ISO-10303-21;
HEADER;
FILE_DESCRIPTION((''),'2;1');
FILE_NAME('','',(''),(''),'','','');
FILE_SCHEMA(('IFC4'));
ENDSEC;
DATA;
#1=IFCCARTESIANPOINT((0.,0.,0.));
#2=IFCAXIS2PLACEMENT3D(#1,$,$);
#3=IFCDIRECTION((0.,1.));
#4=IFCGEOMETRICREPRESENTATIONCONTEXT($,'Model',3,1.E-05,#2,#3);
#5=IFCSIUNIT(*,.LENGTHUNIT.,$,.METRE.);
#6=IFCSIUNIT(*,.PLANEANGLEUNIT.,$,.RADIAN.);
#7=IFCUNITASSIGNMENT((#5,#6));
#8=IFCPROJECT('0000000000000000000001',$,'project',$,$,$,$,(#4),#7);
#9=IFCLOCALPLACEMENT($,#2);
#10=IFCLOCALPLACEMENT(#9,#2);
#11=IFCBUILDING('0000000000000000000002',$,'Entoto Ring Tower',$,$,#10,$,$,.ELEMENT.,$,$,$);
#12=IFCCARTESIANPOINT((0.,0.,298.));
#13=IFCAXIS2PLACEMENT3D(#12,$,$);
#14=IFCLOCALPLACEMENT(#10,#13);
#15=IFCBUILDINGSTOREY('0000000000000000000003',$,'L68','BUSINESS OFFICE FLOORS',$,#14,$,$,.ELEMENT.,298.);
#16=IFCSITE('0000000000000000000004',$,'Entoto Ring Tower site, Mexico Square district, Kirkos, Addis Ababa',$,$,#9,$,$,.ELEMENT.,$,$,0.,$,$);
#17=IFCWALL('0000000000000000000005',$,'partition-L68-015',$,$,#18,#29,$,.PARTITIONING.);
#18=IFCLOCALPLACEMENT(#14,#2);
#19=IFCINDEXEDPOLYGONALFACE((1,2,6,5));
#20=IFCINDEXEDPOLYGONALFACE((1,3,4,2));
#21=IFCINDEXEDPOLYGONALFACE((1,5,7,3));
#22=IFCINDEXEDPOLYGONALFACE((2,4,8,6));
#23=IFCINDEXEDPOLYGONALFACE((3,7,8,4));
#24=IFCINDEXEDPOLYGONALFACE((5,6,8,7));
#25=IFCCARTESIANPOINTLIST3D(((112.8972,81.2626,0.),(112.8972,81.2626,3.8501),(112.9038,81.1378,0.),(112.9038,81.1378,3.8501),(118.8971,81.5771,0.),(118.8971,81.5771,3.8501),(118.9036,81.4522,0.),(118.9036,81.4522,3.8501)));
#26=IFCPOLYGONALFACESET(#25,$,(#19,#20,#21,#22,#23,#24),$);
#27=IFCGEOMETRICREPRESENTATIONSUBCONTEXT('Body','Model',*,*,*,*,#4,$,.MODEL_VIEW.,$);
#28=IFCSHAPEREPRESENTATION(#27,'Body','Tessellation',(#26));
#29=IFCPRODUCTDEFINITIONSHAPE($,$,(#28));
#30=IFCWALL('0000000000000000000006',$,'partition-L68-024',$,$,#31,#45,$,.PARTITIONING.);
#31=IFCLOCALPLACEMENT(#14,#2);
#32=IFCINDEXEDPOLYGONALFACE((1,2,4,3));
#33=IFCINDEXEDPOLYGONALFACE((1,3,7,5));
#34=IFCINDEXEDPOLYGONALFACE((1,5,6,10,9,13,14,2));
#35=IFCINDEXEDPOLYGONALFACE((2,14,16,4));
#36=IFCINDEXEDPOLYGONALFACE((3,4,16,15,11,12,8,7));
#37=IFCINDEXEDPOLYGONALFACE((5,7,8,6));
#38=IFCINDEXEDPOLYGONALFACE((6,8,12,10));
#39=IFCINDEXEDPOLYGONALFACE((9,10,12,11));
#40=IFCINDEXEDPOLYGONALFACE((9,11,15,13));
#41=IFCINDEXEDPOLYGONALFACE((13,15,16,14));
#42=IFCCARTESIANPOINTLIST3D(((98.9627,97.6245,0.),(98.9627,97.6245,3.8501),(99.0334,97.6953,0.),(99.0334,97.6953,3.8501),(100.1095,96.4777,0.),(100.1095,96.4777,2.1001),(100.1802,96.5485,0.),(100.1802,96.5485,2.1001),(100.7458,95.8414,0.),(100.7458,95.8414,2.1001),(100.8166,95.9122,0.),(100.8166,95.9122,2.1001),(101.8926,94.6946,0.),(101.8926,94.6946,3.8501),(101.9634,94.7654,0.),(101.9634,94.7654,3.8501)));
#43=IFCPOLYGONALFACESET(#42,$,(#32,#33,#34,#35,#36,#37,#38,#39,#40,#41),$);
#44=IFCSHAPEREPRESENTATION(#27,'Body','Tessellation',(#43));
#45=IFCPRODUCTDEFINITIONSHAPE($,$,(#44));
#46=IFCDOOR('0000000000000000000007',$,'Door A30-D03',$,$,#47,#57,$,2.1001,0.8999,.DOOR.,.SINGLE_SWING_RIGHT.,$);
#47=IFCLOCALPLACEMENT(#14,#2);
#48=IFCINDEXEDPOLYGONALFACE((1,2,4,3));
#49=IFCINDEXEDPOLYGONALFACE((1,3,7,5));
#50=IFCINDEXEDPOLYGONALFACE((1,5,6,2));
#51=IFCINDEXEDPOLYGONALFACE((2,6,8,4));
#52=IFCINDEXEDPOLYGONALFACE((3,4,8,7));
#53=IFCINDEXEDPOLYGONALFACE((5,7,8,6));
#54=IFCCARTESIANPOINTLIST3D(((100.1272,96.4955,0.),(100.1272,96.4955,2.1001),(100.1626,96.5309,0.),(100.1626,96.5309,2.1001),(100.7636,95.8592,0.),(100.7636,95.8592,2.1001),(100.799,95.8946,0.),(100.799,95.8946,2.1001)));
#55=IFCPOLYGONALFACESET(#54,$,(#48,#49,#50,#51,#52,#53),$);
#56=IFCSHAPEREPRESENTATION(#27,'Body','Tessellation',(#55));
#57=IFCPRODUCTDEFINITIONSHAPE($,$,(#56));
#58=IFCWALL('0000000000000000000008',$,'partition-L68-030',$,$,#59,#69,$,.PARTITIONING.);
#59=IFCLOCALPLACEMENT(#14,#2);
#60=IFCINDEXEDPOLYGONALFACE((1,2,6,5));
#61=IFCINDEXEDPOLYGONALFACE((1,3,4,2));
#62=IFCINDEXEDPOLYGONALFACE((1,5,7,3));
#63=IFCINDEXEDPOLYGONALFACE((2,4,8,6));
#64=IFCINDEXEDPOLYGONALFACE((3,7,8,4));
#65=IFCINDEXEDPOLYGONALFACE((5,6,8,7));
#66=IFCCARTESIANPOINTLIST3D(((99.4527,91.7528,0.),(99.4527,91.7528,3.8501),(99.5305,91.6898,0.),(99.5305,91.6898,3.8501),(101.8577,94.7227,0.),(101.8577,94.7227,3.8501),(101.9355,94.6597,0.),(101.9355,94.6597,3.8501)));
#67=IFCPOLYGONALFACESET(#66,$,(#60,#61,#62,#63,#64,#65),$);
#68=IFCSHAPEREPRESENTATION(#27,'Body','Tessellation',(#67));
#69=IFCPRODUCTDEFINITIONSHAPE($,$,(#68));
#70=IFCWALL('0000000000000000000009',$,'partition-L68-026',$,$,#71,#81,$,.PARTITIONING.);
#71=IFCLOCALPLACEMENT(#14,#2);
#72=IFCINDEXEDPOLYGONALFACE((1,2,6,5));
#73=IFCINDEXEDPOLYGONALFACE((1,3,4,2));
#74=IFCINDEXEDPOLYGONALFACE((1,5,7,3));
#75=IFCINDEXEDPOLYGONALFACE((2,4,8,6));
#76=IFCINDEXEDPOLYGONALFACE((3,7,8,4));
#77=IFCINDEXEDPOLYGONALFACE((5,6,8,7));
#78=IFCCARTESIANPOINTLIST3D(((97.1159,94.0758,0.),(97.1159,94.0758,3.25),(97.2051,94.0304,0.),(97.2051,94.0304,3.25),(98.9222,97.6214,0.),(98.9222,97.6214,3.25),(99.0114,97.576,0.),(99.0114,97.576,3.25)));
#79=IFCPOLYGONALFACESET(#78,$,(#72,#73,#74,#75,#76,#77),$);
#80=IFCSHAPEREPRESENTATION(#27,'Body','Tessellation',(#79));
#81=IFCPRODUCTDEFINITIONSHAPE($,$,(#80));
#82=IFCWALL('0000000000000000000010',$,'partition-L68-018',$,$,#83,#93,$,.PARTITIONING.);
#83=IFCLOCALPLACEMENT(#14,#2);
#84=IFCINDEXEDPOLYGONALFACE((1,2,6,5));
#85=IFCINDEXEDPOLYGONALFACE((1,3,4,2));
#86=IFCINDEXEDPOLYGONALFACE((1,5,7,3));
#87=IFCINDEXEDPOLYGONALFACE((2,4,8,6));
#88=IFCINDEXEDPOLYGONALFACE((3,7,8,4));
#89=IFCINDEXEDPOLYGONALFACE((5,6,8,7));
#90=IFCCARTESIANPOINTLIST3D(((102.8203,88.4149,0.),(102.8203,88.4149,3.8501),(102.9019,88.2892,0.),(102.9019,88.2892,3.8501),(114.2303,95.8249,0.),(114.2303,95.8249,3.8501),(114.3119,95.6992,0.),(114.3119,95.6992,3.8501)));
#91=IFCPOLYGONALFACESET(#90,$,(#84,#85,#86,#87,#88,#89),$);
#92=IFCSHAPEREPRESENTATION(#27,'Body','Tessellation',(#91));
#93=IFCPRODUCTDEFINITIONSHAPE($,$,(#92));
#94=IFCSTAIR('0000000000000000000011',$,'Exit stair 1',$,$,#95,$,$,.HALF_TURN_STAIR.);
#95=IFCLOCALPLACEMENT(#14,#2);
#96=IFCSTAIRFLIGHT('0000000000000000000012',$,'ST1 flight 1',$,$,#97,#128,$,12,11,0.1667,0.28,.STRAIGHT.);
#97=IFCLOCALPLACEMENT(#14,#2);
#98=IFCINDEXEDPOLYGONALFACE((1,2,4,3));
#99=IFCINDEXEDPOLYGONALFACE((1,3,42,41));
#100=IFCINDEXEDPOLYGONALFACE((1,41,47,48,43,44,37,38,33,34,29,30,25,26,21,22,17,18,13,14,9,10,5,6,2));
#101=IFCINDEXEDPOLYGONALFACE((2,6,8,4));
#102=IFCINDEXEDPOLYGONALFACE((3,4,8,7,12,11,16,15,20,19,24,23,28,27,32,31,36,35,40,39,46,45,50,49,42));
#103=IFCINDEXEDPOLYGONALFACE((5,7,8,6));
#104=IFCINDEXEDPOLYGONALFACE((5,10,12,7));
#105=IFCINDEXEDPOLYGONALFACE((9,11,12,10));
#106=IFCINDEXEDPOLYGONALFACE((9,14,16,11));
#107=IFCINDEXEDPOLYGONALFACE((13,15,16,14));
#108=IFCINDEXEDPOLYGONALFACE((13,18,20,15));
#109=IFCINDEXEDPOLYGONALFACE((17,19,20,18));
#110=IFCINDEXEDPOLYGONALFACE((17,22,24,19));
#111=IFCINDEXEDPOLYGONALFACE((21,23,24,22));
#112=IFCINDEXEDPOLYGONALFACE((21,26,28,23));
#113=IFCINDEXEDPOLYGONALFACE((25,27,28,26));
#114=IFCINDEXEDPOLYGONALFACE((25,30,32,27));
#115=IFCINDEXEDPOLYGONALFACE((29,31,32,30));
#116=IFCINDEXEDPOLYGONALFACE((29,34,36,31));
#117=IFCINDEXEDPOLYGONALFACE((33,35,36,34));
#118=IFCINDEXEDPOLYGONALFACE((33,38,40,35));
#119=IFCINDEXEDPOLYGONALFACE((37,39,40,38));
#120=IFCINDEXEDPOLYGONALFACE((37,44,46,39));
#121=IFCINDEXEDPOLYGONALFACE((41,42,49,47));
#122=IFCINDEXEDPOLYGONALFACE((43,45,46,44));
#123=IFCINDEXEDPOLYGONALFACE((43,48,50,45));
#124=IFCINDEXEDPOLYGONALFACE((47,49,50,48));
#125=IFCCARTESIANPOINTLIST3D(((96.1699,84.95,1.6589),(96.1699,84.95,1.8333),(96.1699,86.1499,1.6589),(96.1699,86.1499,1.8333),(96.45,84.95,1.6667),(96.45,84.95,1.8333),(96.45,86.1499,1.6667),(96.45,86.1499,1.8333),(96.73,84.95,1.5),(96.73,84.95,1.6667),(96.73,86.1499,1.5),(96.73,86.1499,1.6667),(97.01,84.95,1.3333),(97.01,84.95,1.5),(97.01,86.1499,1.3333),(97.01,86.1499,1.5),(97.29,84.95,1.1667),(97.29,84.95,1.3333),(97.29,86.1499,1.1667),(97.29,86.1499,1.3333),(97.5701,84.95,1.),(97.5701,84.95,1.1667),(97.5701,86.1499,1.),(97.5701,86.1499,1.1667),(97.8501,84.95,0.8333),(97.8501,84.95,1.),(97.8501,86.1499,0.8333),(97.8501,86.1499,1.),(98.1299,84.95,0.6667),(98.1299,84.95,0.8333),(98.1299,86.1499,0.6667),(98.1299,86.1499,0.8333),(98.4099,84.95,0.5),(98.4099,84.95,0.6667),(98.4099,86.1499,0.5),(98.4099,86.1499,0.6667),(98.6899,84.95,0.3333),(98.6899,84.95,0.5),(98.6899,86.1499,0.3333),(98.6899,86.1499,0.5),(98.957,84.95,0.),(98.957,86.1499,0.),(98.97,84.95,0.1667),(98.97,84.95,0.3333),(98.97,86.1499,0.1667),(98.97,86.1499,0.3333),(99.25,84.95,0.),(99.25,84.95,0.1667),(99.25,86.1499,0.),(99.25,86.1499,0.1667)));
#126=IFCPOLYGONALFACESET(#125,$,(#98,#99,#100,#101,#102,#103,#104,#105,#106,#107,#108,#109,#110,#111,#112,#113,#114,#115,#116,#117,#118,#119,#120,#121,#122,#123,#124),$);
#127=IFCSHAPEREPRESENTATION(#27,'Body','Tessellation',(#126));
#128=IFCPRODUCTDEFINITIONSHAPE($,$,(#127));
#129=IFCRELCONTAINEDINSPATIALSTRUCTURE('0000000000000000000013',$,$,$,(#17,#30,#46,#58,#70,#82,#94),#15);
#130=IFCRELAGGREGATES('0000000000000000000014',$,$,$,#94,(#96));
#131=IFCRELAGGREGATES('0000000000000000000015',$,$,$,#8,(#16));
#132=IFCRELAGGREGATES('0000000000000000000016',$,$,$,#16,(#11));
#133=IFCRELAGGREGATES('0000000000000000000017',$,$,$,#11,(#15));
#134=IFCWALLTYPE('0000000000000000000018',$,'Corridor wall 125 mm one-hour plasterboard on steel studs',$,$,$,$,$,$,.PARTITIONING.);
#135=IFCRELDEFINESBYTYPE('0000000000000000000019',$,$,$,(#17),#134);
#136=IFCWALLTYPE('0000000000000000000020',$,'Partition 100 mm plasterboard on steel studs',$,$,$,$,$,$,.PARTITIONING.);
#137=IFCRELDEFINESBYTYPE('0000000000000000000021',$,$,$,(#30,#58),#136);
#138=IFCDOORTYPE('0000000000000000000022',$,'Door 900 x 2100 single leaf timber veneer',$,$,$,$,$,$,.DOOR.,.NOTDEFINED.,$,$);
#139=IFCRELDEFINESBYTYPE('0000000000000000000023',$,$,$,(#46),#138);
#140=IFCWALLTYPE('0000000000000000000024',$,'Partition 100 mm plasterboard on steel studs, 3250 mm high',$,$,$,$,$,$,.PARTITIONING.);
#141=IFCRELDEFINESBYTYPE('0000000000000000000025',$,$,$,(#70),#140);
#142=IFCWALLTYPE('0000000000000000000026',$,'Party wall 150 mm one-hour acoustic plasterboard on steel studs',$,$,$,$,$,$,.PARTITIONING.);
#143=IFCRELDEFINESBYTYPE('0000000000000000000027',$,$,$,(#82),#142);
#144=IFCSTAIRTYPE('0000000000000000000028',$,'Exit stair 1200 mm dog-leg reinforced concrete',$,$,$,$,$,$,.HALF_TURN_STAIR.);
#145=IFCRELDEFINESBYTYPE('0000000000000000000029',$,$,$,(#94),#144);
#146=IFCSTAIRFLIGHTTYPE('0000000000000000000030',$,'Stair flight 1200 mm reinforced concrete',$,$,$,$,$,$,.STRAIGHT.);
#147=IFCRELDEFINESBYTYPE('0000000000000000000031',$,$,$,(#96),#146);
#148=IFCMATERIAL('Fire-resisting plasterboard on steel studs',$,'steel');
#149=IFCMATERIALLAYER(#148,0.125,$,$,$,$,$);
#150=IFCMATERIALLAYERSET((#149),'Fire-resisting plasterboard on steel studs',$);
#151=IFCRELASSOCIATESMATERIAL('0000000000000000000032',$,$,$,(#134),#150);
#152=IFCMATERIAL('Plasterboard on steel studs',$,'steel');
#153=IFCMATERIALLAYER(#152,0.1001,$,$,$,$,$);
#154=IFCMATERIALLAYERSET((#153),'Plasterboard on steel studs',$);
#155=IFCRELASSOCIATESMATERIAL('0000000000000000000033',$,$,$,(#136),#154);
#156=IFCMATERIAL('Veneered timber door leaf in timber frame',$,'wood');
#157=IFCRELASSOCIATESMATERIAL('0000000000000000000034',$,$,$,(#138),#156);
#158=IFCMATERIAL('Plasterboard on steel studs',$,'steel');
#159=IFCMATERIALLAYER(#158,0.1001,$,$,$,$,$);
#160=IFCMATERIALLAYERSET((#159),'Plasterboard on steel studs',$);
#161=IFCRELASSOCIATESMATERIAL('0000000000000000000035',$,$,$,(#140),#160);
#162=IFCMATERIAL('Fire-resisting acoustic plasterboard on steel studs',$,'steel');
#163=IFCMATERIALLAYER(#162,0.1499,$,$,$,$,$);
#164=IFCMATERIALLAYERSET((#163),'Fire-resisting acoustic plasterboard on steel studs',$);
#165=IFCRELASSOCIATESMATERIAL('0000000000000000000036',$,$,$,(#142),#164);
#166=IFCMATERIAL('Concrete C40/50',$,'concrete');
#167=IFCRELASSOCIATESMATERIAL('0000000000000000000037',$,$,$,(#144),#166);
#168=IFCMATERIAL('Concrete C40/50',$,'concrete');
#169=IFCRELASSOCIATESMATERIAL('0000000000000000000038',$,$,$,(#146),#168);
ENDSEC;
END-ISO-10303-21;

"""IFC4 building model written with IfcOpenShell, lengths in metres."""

from ifc_helpers import new_model, si_unit, direction, frame, frame_2d, origin, place, context, subcontext, project, spatial, polyline, rectangle, outline, extrude, material, layer, layer_set, type_object, element, fill, aggregate, save


model = new_model("IFC4")

# Units and contexts
model_context = context("Model", 3, precision=1e-05, world=origin(), true_north=direction((0.0, 1.0)))
body_context = subcontext(model_context, "Body", "Model", "MODEL_VIEW")
ifc_project = project(units=[si_unit("LENGTHUNIT", "METRE"), si_unit("PLANEANGLEUNIT", "RADIAN")], contexts=[model_context])

# Site, building, storey
site_placement = place(None, origin())
site = spatial("IfcSite", under=ifc_project, at=site_placement, Name="Entoto Ring Tower site, Mexico Square district, Kirkos, Addis Ababa", CompositionType="ELEMENT", RefElevation=0.0)
building_placement = place(site_placement, origin())
building = spatial("IfcBuilding", under=site, at=building_placement, Name="Entoto Ring Tower", CompositionType="ELEMENT")
storey_placement = place(building_placement, frame((0.0, 0.0, 298.0)))
storey = spatial("IfcBuildingStorey", under=building, at=storey_placement, Name="L68", Description="BUSINESS OFFICE FLOORS", CompositionType="ELEMENT", Elevation=298.0)

# Shared definitions
ifc_material_1 = material(Name="Fire-resisting plasterboard on steel studs", Category="steel")
ifc_layer_1 = layer(ifc_material_1, 0.125)
ifc_layer_set_1 = layer_set([ifc_layer_1], Name="Fire-resisting plasterboard on steel studs")
wall_type_1 = type_object("IfcWallType", Name="Corridor wall 125 mm one-hour plasterboard on steel studs", PredefinedType="PARTITIONING", material=ifc_layer_set_1)

# Wall
wall_1_placement = place(storey_placement, frame((112.9006, 81.2002, 0.0), z_axis=(0.0, 0.0, 1.0), x_axis=(0.998629, 0.052339, 0.0)))
element("IfcWall", 1, at=wall_1_placement, inside=storey, type_object=wall_type_1, Name="partition-L68-015", PredefinedType="PARTITIONING", context=body_context, shape_type="SweptSolid", body=[
    extrude(rectangle(XDim=6.0081, YDim=0.125, at=frame_2d((3.0039, 0.0))), origin(), (0.0, 0.0, 1.0), 3.8501),
])

# Wall, opening, door
ifc_material_2 = material(Name="Plasterboard on steel studs", Category="steel")
ifc_layer_2 = layer(ifc_material_2, 0.1001)
ifc_layer_set_2 = layer_set([ifc_layer_2], Name="Plasterboard on steel studs")
wall_type_2 = type_object("IfcWallType", Name="Partition 100 mm plasterboard on steel studs", PredefinedType="PARTITIONING", material=ifc_layer_set_2)
wall_2_placement = place(storey_placement, frame((101.928, 94.73, 0.0), z_axis=(0.0, 0.0, 1.0), x_axis=(-0.707107, 0.707107, 0.0)))
wall_2 = element("IfcWall", 2, at=wall_2_placement, inside=storey, type_object=wall_type_2, Name="partition-L68-024", PredefinedType="PARTITIONING", context=body_context, shape_type="SweptSolid", body=[
    extrude(rectangle(XDim=4.1436, YDim=0.1001, at=frame_2d((2.0718, 0.0))), origin(), (0.0, 0.0, 1.0), 3.8501),
])
opening_1_placement = place(wall_2_placement, frame((1.6218, 0.0, 0.0)))
opening_1 = element("IfcOpeningElement", 3, at=opening_1_placement, cuts=wall_2, PredefinedType="OPENING", context=body_context, shape_type="SweptSolid", body=[
    extrude(rectangle(XDim=0.8999, YDim=2.1001, at=frame_2d((0.45, 1.05))), frame((0.0, 0.0601, 0.0), z_axis=(0.0, -1.0, 0.0), x_axis=(1.0, 0.0, 0.0)), (0.0, 0.0, 1.0), 0.1201),
])
ifc_material_3 = material(Name="Veneered timber door leaf in timber frame", Category="wood")
door_type_1 = type_object("IfcDoorType", Name="Door 900 x 2100 single leaf timber veneer", OperationType="NOTDEFINED", PredefinedType="DOOR", material=ifc_material_3)
door_1_placement = place(opening_1_placement, origin())
door_1 = element("IfcDoor", 4, at=door_1_placement, inside=storey, type_object=door_type_1, Name="Door A30-D03", OperationType="SINGLE_SWING_RIGHT", OverallHeight=2.1001, OverallWidth=0.8999, PredefinedType="DOOR", context=body_context, shape_type="SweptSolid", body=[
    extrude(rectangle(XDim=0.8999, YDim=2.1001, at=frame_2d((0.45, 1.05))), frame((0.0, 0.0249, 0.0), z_axis=(0.0, -1.0, 0.0), x_axis=(1.0, 0.0, 0.0)), (0.0, 0.0, 1.0), 0.05),
])
fill(opening_1, door_1)

# Walls
wall_3_placement = place(storey_placement, frame((99.4917, 91.7214, 0.0), z_axis=(0.0, 0.0, 1.0), x_axis=(0.62932, 0.777147, 0.0)))
element("IfcWall", 5, at=wall_3_placement, inside=storey, type_object=wall_type_2, Name="partition-L68-030", PredefinedType="PARTITIONING", context=body_context, shape_type="SweptSolid", body=[
    extrude(rectangle(XDim=3.8215, YDim=0.1001, at=frame_2d((1.9106, 0.0))), origin(), (0.0, 0.0, 1.0), 3.8501),
])
ifc_material_4 = material(Name="Plasterboard on steel studs", Category="steel")
ifc_layer_3 = layer(ifc_material_4, 0.1001)
ifc_layer_set_3 = layer_set([ifc_layer_3], Name="Plasterboard on steel studs")
wall_type_3 = type_object("IfcWallType", Name="Partition 100 mm plasterboard on steel studs, 3250 mm high", PredefinedType="PARTITIONING", material=ifc_layer_set_3)
wall_4_placement = place(storey_placement, frame((97.1604, 94.053, 0.0), z_axis=(0.0, 0.0, 1.0), x_axis=(0.45395, 0.891027, 0.0)))
element("IfcWall", 6, at=wall_4_placement, inside=storey, type_object=wall_type_3, Name="partition-L68-026", PredefinedType="PARTITIONING", context=body_context, shape_type="SweptSolid", body=[
    extrude(rectangle(XDim=3.9792, YDim=0.1001, at=frame_2d((1.9897, 0.0))), origin(), (0.0, 0.0, 1.0), 3.25),
])
ifc_material_5 = material(Name="Fire-resisting acoustic plasterboard on steel studs", Category="steel")
ifc_layer_4 = layer(ifc_material_5, 0.1499)
ifc_layer_set_4 = layer_set([ifc_layer_4], Name="Fire-resisting acoustic plasterboard on steel studs")
wall_type_4 = type_object("IfcWallType", Name="Party wall 150 mm one-hour acoustic plasterboard on steel studs", PredefinedType="PARTITIONING", material=ifc_layer_set_4)
wall_5_placement = place(storey_placement, frame((102.8611, 88.3521, 0.0), z_axis=(0.0, 0.0, 1.0), x_axis=(0.838663, 0.544651, 0.0)))
element("IfcWall", 7, at=wall_5_placement, inside=storey, type_object=wall_type_4, Name="partition-L68-018", PredefinedType="PARTITIONING", context=body_context, shape_type="SweptSolid", body=[
    extrude(rectangle(XDim=13.605, YDim=0.1499, at=frame_2d((6.8025, 0.0))), origin(), (0.0, 0.0, 1.0), 3.8501),
])

# Stair, stair flight
ifc_material_6 = material(Name="Concrete C40/50", Category="concrete")
stair_type = type_object("IfcStairType", Name="Exit stair 1200 mm dog-leg reinforced concrete", PredefinedType="HALF_TURN_STAIR", material=ifc_material_6)
stair_placement = place(storey_placement, origin())
stair = element("IfcStair", 8, at=stair_placement, inside=storey, type_object=stair_type, Name="Exit stair 1", PredefinedType="HALF_TURN_STAIR")
ifc_material_7 = material(Name="Concrete C40/50", Category="concrete")
stair_flight_type = type_object("IfcStairFlightType", Name="Stair flight 1200 mm reinforced concrete", PredefinedType="STRAIGHT", material=ifc_material_7)
stair_flight_placement = place(storey_placement, frame((99.25, 85.55, 0.0), z_axis=(0.0, 0.0, 1.0), x_axis=(-1.0, 0.0, 0.0)))
stair_flight = element("IfcStairFlight", 9, at=stair_flight_placement, type_object=stair_flight_type, Name="ST1 flight 1", NumberOfRisers=12, NumberOfTreads=11, PredefinedType="STRAIGHT", RiserHeight=0.1667, TreadLength=0.28, context=body_context, shape_type="SweptSolid", body=[
    extrude(outline(polyline([(0.0, 0.0), (0.0, 0.1667), (0.28, 0.1667), (0.28, 0.3333), (0.5601, 0.3333), (0.5601, 0.5), (0.8401, 0.5), (0.8401, 0.6667), (1.1201, 0.6667), (1.1201, 0.8333), (1.3999, 0.8333), (1.3999, 1.0), (1.6799, 1.0), (1.6799, 1.1667), (1.96, 1.1667), (1.96, 1.3333), (2.24, 1.3333), (2.24, 1.5), (2.52, 1.5), (2.52, 1.6667), (2.8, 1.6667), (2.8, 1.8333), (3.0801, 1.8333), (3.0801, 2.0), (3.0801, 1.6589), (0.293, 0.0), (0.0, 0.0)])), frame((0.0, 0.6001, 0.0), z_axis=(0.0, -1.0, 0.0), x_axis=(1.0, 0.0, 0.0)), (0.0, 0.0, 1.0), 1.2),
])
aggregate(stair, [stair_flight])

save(model, "model.ifc")
